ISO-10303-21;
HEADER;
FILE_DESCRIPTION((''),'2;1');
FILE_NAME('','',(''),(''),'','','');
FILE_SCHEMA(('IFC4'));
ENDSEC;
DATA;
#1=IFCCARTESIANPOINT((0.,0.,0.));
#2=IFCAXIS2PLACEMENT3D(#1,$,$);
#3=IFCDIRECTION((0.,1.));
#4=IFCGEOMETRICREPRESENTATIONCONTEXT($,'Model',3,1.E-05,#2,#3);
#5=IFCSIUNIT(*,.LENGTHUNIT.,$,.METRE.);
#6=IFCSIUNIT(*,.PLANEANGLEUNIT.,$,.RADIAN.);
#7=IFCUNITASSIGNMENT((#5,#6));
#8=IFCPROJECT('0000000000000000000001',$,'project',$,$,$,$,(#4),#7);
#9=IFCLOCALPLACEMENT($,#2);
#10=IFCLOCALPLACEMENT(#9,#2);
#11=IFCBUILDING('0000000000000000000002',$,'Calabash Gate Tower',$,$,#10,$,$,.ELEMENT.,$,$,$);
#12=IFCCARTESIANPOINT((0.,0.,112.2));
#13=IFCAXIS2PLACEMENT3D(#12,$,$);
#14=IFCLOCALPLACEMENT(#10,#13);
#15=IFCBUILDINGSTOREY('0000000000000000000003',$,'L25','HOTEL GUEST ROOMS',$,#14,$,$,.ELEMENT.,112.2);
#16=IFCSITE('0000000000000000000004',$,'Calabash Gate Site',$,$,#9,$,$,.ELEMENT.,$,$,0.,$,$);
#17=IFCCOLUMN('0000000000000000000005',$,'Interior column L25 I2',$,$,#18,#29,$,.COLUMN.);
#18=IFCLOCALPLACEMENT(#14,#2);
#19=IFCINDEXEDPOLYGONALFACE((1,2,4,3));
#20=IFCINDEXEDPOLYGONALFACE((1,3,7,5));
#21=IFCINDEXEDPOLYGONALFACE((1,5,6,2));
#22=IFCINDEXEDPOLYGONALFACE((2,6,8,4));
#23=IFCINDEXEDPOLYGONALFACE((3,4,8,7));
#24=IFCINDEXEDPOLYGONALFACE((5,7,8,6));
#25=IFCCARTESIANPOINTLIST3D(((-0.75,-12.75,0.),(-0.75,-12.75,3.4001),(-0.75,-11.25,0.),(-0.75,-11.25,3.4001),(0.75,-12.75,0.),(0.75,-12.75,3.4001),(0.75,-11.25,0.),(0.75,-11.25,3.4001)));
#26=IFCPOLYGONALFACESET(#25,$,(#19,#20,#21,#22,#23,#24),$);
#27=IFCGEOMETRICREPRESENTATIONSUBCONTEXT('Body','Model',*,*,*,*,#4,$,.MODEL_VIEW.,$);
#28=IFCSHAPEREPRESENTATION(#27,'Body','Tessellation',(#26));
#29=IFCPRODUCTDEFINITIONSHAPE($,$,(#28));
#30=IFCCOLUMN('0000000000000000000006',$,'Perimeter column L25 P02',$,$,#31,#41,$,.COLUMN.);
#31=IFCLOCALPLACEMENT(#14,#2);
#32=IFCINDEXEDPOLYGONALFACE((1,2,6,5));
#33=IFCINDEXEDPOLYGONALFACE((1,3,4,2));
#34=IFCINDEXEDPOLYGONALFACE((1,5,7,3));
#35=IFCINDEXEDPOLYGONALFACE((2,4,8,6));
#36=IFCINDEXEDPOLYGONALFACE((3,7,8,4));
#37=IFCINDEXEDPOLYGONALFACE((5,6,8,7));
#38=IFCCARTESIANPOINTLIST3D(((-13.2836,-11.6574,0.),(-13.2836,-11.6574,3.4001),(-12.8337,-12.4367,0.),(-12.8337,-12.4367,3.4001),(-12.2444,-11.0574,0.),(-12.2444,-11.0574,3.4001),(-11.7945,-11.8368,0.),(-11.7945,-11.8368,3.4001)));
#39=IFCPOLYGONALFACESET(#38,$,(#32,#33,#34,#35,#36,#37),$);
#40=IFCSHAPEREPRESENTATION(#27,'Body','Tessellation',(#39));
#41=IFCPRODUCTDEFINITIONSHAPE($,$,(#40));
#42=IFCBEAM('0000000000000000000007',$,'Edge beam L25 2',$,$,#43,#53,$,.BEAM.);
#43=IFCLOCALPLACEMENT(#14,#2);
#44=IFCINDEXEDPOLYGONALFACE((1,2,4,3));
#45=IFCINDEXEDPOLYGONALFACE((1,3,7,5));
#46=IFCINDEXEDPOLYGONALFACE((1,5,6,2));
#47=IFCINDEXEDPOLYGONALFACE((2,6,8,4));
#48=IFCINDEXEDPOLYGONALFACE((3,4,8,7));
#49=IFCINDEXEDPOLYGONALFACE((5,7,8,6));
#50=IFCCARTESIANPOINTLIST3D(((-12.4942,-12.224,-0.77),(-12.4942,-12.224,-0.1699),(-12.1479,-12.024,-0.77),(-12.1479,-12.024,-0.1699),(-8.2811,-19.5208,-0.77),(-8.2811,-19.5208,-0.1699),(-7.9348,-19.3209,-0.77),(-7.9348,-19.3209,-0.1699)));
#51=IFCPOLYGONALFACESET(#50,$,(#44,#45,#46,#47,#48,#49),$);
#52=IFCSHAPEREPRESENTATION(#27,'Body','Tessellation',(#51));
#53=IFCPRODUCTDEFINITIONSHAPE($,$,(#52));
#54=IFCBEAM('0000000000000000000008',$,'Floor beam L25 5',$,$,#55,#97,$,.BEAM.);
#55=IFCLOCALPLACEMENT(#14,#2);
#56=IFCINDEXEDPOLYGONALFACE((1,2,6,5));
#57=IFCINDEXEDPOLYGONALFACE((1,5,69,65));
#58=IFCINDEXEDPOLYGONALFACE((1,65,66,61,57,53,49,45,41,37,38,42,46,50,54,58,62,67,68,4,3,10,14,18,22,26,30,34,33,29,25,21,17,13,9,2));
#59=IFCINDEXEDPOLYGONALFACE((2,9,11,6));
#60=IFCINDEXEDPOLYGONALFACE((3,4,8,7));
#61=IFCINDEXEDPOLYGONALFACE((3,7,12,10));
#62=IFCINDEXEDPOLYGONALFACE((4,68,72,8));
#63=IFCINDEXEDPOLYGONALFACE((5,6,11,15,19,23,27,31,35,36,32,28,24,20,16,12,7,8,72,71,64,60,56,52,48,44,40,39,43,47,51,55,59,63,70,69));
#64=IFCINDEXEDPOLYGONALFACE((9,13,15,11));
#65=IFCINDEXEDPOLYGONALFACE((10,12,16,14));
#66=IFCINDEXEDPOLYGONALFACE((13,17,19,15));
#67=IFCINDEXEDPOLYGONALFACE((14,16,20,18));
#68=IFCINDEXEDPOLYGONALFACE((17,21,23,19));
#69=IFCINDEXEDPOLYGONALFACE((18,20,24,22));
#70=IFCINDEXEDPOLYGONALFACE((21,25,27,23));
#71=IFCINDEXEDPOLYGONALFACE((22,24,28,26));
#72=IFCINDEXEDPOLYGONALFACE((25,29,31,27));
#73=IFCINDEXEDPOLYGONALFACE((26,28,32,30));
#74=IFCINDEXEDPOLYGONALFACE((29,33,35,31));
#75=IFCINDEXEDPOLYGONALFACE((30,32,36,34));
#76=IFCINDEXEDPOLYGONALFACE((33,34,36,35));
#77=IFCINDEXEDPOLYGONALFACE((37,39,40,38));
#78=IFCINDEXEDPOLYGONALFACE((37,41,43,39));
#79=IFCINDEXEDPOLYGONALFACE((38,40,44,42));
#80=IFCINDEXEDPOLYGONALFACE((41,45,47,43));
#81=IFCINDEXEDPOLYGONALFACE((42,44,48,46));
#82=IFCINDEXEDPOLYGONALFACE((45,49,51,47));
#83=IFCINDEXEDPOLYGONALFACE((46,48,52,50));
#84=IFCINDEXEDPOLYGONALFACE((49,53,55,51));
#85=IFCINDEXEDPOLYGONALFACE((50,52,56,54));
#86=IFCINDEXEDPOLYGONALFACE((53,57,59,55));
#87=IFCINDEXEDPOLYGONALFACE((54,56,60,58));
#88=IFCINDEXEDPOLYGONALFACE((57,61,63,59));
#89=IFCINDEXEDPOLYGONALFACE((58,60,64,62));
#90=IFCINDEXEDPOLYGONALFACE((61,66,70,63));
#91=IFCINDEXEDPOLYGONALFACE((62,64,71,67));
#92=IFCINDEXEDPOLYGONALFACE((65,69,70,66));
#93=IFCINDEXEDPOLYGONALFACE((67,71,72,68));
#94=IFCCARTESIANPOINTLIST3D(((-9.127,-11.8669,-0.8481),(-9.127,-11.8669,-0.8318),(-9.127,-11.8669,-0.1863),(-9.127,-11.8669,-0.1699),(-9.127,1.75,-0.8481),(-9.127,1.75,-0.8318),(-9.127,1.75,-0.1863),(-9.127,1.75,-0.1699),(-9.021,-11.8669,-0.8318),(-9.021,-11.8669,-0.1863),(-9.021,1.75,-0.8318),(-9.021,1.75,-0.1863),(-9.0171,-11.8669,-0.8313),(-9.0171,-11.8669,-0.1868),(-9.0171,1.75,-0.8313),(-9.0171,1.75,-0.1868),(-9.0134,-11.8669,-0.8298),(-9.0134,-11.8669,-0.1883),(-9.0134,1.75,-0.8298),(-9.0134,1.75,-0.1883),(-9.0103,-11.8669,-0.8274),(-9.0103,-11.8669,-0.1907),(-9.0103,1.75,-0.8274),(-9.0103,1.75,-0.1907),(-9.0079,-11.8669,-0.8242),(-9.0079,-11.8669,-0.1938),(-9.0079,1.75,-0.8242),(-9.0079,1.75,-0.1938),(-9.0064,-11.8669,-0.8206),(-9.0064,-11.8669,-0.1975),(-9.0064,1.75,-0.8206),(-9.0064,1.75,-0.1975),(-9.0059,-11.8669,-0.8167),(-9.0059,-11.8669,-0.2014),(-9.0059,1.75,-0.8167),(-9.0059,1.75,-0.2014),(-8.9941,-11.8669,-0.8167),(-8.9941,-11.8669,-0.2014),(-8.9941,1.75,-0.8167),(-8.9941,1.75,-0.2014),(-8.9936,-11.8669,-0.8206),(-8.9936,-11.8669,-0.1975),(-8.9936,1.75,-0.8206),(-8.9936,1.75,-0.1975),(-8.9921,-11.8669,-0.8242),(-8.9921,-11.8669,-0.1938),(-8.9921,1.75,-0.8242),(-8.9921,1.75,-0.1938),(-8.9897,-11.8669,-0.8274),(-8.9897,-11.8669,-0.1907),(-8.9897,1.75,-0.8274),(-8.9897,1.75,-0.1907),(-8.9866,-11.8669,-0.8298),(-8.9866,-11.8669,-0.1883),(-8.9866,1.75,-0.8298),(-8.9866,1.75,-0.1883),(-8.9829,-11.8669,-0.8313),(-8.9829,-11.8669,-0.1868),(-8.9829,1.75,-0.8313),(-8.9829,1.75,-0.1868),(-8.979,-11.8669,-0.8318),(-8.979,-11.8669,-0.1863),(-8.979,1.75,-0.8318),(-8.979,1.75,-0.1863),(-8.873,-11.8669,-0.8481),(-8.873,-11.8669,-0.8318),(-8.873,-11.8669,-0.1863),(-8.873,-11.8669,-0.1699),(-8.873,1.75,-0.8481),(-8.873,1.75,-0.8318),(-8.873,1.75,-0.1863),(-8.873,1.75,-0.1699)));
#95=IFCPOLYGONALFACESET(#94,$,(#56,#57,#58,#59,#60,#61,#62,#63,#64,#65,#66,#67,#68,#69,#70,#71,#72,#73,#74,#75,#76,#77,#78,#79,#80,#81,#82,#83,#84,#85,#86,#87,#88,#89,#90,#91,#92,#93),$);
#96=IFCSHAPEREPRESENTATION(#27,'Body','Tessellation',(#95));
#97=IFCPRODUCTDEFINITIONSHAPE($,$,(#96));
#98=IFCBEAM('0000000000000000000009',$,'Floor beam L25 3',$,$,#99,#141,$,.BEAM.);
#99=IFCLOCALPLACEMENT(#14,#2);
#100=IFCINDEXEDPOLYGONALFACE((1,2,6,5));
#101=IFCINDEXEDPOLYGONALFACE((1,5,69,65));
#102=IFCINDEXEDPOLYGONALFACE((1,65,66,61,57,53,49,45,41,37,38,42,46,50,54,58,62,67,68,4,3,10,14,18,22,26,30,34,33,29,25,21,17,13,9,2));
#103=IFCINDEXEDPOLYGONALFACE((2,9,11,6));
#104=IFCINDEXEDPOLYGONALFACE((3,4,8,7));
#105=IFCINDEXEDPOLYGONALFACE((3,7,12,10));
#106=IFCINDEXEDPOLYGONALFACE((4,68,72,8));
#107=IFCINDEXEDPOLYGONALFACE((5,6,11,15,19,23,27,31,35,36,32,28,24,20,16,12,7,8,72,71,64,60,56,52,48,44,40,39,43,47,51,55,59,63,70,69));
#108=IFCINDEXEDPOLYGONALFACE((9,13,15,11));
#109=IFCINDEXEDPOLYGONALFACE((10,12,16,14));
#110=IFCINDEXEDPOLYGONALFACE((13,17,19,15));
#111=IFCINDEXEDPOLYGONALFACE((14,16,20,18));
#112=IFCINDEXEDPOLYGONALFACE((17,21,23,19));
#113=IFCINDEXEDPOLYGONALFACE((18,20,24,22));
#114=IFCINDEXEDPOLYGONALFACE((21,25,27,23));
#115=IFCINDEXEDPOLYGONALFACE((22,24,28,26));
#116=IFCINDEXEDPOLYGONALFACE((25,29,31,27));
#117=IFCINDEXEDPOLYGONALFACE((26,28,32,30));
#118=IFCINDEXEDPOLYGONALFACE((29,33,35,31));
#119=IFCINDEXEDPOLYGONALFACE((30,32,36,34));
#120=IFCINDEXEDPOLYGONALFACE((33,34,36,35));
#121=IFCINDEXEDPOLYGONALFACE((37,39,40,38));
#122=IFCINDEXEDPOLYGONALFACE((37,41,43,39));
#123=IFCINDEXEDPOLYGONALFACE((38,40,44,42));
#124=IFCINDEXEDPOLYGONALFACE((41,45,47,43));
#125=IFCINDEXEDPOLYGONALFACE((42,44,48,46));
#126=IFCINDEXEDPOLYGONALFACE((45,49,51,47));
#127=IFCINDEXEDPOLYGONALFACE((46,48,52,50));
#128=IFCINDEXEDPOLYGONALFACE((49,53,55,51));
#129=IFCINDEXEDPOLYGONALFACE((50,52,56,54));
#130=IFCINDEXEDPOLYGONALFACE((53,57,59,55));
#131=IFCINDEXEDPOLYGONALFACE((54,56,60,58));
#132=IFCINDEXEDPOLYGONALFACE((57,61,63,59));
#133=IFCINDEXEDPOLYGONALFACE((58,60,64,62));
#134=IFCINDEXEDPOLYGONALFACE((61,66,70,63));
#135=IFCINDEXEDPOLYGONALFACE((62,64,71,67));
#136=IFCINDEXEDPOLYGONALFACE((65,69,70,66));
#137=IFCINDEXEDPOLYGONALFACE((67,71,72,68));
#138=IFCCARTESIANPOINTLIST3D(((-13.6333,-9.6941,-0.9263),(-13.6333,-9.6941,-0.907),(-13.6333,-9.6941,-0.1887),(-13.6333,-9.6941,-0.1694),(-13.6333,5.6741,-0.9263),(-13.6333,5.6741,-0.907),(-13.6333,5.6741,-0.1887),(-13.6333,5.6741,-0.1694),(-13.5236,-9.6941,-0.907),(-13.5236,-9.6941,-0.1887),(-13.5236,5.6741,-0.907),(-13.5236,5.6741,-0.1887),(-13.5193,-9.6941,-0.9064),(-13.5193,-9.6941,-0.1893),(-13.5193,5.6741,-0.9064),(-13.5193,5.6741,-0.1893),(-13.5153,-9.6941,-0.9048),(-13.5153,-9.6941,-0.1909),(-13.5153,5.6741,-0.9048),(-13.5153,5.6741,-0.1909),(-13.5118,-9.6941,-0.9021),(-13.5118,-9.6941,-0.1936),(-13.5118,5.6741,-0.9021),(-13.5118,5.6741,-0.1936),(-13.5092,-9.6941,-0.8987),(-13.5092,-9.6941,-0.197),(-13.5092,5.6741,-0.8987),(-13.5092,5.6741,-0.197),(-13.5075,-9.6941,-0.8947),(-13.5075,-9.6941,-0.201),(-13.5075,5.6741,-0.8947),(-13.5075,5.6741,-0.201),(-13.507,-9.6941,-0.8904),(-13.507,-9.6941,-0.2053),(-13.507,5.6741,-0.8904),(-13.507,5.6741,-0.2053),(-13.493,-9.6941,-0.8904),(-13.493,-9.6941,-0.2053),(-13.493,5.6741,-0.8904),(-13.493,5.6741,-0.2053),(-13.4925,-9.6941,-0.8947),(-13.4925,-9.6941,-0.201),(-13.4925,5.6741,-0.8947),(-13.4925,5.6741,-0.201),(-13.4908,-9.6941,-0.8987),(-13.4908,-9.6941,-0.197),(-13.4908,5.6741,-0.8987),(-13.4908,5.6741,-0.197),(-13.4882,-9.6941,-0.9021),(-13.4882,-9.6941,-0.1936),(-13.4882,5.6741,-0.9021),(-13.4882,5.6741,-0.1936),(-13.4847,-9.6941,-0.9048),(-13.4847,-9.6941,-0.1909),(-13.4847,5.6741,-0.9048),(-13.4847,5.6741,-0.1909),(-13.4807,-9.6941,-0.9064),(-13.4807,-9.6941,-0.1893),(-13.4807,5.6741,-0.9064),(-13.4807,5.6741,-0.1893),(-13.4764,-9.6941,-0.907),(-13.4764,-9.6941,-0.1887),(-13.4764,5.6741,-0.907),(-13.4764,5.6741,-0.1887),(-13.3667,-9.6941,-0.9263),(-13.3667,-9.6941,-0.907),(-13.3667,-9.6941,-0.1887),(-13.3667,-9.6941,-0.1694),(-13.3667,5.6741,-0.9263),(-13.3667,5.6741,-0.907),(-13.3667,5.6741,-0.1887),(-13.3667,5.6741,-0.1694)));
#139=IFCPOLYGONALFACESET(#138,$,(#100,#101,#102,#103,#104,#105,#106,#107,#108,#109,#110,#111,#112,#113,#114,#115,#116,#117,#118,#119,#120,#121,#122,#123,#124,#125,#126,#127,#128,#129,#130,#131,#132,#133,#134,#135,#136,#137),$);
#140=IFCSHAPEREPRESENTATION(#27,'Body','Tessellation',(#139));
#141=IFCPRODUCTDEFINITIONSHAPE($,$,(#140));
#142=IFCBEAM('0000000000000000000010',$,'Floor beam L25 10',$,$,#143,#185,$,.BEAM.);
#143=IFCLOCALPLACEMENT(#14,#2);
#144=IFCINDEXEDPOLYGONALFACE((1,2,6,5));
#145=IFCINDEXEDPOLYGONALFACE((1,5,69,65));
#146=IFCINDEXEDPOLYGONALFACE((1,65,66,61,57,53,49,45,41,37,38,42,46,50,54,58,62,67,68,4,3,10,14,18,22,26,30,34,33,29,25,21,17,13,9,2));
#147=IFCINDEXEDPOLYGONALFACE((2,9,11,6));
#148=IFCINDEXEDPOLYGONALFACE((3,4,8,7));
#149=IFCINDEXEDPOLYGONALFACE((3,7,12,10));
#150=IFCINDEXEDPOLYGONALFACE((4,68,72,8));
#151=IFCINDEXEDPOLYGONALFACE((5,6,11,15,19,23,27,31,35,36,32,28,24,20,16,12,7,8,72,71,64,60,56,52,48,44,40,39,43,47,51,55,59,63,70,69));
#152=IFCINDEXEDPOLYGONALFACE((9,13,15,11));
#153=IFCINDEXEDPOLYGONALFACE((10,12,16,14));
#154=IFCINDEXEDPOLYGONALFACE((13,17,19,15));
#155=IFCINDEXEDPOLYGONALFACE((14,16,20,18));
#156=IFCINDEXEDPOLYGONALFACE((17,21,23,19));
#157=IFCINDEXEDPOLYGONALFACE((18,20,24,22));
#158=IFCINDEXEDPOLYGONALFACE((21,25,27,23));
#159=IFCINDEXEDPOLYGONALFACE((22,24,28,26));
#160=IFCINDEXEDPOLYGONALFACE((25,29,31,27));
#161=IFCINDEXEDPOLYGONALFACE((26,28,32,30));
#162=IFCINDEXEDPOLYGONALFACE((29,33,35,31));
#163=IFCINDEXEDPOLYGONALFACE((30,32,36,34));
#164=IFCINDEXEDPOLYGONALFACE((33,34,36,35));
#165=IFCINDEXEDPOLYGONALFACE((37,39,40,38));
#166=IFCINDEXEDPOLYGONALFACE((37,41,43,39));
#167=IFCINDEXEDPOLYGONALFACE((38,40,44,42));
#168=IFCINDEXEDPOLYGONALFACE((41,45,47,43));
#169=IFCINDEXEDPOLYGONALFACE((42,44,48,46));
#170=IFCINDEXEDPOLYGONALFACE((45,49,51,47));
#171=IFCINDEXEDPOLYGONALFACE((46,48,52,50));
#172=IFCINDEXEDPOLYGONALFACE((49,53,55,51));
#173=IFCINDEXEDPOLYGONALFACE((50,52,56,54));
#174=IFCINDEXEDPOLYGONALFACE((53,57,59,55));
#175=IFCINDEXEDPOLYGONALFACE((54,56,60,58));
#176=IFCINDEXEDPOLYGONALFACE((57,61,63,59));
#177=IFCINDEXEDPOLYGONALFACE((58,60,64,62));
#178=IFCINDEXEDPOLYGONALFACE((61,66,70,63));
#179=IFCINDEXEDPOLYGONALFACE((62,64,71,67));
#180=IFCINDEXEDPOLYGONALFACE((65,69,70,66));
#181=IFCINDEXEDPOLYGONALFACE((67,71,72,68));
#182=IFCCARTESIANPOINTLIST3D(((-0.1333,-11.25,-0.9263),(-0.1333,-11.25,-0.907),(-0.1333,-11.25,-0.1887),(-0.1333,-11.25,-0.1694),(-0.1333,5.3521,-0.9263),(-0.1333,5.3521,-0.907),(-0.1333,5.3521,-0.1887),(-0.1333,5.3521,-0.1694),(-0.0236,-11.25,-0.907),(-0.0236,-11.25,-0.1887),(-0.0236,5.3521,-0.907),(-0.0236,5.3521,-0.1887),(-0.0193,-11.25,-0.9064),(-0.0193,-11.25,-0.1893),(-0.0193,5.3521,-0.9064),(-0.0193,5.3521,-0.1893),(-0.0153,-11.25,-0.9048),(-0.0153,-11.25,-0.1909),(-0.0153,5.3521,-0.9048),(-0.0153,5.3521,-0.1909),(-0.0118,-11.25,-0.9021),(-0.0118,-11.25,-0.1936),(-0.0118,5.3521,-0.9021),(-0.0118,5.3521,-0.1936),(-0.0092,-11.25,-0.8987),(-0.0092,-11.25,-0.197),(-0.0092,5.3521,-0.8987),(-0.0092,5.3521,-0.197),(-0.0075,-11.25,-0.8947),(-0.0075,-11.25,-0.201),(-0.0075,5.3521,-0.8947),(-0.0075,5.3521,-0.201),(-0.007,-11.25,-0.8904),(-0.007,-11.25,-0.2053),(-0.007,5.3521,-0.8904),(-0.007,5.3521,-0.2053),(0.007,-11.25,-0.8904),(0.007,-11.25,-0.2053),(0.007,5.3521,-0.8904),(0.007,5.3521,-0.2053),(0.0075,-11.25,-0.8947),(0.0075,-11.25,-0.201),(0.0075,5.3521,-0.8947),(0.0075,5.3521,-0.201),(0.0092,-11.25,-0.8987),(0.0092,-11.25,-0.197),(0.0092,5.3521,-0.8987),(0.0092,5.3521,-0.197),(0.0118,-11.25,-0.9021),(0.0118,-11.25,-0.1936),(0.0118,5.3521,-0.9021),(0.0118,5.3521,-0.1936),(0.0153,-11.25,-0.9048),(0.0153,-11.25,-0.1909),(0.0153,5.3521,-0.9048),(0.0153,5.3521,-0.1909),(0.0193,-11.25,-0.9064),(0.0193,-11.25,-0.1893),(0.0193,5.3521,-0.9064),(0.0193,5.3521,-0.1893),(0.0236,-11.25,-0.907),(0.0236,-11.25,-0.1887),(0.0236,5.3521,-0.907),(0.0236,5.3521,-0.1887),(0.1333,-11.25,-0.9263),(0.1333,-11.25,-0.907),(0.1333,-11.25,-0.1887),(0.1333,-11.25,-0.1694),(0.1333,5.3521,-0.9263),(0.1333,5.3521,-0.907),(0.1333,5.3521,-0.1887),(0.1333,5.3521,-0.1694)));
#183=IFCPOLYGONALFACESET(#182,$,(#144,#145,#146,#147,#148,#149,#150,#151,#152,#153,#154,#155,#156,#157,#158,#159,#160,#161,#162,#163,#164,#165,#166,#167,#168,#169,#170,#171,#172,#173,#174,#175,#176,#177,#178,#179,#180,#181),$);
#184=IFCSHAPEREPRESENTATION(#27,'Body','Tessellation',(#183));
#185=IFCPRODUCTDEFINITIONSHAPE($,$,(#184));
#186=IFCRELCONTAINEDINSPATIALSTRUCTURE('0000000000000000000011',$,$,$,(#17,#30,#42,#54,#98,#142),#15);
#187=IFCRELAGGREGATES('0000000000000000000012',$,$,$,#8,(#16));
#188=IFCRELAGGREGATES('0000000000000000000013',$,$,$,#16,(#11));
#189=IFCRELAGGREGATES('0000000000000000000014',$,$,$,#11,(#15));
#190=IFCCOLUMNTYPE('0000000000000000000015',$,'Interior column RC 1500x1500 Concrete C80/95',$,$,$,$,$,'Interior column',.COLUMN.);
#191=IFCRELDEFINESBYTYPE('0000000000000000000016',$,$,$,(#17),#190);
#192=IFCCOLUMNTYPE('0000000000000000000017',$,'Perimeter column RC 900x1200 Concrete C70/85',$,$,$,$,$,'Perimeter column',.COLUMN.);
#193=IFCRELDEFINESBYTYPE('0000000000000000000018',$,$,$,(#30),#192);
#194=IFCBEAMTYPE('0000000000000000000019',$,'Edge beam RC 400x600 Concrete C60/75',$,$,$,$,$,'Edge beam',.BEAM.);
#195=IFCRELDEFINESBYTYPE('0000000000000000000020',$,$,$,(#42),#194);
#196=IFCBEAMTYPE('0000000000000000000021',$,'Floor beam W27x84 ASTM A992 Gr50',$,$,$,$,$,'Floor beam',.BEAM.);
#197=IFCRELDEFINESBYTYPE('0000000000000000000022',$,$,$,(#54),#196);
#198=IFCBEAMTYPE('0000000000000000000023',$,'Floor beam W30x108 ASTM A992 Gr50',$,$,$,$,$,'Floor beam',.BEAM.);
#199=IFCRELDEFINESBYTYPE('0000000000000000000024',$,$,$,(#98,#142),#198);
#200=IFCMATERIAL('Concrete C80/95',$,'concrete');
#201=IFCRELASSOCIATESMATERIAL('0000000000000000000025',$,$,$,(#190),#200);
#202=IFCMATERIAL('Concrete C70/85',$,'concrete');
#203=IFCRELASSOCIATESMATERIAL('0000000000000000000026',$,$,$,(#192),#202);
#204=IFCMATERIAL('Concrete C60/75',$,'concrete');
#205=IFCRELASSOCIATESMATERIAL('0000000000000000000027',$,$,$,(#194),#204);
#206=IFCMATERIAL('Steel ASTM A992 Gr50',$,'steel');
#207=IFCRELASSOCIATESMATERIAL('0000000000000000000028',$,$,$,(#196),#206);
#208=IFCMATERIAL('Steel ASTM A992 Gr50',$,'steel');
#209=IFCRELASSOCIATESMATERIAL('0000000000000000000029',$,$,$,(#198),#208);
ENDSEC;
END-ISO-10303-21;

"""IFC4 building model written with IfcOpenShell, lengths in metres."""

from ifc_helpers import new_model, si_unit, direction, frame, origin, origin_2d, place, context, subcontext, project, spatial, rectangle, i_section, extrude, material, material_profile, profile_set, type_object, element, save


model = new_model("IFC4")

# Units and contexts
model_context = context("Model", 3, precision=1e-05, world=origin(), true_north=direction((0.0, 1.0)))
body_context = subcontext(model_context, "Body", "Model", "MODEL_VIEW")
ifc_project = project(units=[si_unit("LENGTHUNIT", "METRE"), si_unit("PLANEANGLEUNIT", "RADIAN")], contexts=[model_context])

# Site, building, storey
site_placement = place(None, origin())
site = spatial("IfcSite", under=ifc_project, at=site_placement, Name="Calabash Gate Site", CompositionType="ELEMENT", RefElevation=0.0)
building_placement = place(site_placement, origin())
building = spatial("IfcBuilding", under=site, at=building_placement, Name="Calabash Gate Tower", CompositionType="ELEMENT")
storey_placement = place(building_placement, frame((0.0, 0.0, 112.2)))
storey = spatial("IfcBuildingStorey", under=building, at=storey_placement, Name="L25", Description="HOTEL GUEST ROOMS", CompositionType="ELEMENT", Elevation=112.2)

# Columns
ifc_material_1 = material(Name="Concrete C80/95", Category="concrete")
ifc_material_profile_1 = material_profile(ifc_material_1, rectangle(XDim=1.5, YDim=1.5, at=origin_2d()))
ifc_profile_set_1 = profile_set([ifc_material_profile_1], Name="Concrete C80/95")
column_type_1 = type_object("IfcColumnType", Name="Interior column RC 1500x1500 Concrete C80/95", ElementType="Interior column", PredefinedType="COLUMN", material=ifc_profile_set_1)
column_1_placement = place(storey_placement, frame((0.0, -12.0, 0.0), z_axis=(0.0, 0.0, 1.0), x_axis=(1.0, 0.0, 0.0)))
element("IfcColumn", 1, at=column_1_placement, inside=storey, type_object=column_type_1, Name="Interior column L25 I2", PredefinedType="COLUMN", context=body_context, shape_type="SweptSolid", body=[
    extrude(rectangle(XDim=1.5, YDim=1.5, at=origin_2d()), origin(), (0.0, 0.0, 1.0), 3.4001),
])
ifc_material_2 = material(Name="Concrete C70/85", Category="concrete")
ifc_material_profile_2 = material_profile(ifc_material_2, rectangle(XDim=0.8999, YDim=1.2, at=origin_2d()))
ifc_profile_set_2 = profile_set([ifc_material_profile_2], Name="Concrete C70/85")
column_type_2 = type_object("IfcColumnType", Name="Perimeter column RC 900x1200 Concrete C70/85", ElementType="Perimeter column", PredefinedType="COLUMN", material=ifc_profile_set_2)
column_2_placement = place(storey_placement, frame((-12.5391, -11.7471, 0.0), z_axis=(0.0, 0.0, 1.0), x_axis=(0.5, -0.866025, 0.0)))
element("IfcColumn", 2, at=column_2_placement, inside=storey, type_object=column_type_2, Name="Perimeter column L25 P02", PredefinedType="COLUMN", context=body_context, shape_type="SweptSolid", body=[
    extrude(rectangle(XDim=0.8999, YDim=1.2, at=origin_2d()), origin(), (0.0, 0.0, 1.0), 3.4001),
])

# Beams
ifc_material_3 = material(Name="Concrete C60/75", Category="concrete")
ifc_material_profile_3 = material_profile(ifc_material_3, rectangle(XDim=0.3999, YDim=0.6001, at=origin_2d()))
ifc_profile_set_3 = profile_set([ifc_material_profile_3], Name="Concrete C60/75")
beam_type_1 = type_object("IfcBeamType", Name="Edge beam RC 400x600 Concrete C60/75", ElementType="Edge beam", PredefinedType="BEAM", material=ifc_profile_set_3)
beam_1_placement = place(storey_placement, frame((-12.321, -12.124, -0.47), z_axis=(0.500025, -0.866011, 0.0), x_axis=(0.866011, 0.500025, 0.0)))
element("IfcBeam", 3, at=beam_1_placement, inside=storey, type_object=beam_type_1, Name="Edge beam L25 2", PredefinedType="BEAM", context=body_context, shape_type="SweptSolid", body=[
    extrude(rectangle(XDim=0.3999, YDim=0.6001, at=origin_2d()), origin(), (0.0, 0.0, 1.0), 8.4258),
])
ifc_material_4 = material(Name="Steel ASTM A992 Gr50", Category="steel")
ifc_material_profile_4 = material_profile(ifc_material_4, i_section(OverallWidth=0.2539, OverallDepth=0.6782, WebThickness=0.0117, FlangeThickness=0.0164, FilletRadius=0.0151, at=origin_2d()))
ifc_profile_set_4 = profile_set([ifc_material_profile_4], Name="Steel ASTM A992 Gr50")
beam_type_2 = type_object("IfcBeamType", Name="Floor beam W27x84 ASTM A992 Gr50", ElementType="Floor beam", PredefinedType="BEAM", material=ifc_profile_set_4)
beam_2_placement = place(storey_placement, frame((-9.0, -11.8669, -0.509), z_axis=(0.0, 1.0, 0.0), x_axis=(-1.0, 0.0, 0.0)))
element("IfcBeam", 4, at=beam_2_placement, inside=storey, type_object=beam_type_2, Name="Floor beam L25 5", PredefinedType="BEAM", context=body_context, shape_type="SweptSolid", body=[
    extrude(i_section(OverallWidth=0.2539, OverallDepth=0.6782, WebThickness=0.0117, FlangeThickness=0.0164, FilletRadius=0.0151, at=origin_2d()), origin(), (0.0, 0.0, 1.0), 13.6169),
])
ifc_material_5 = material(Name="Steel ASTM A992 Gr50", Category="steel")
ifc_material_profile_5 = material_profile(ifc_material_5, i_section(OverallWidth=0.2666, OverallDepth=0.7568, WebThickness=0.0139, FlangeThickness=0.0193, FilletRadius=0.0166, at=origin_2d()))
ifc_profile_set_5 = profile_set([ifc_material_profile_5], Name="Steel ASTM A992 Gr50")
beam_type_3 = type_object("IfcBeamType", Name="Floor beam W30x108 ASTM A992 Gr50", ElementType="Floor beam", PredefinedType="BEAM", material=ifc_profile_set_5)
beam_3_placement = place(storey_placement, frame((-13.5, -9.6941, -0.5479), z_axis=(0.0, 1.0, 0.0), x_axis=(-1.0, 0.0, 0.0)))
element("IfcBeam", 5, at=beam_3_placement, inside=storey, type_object=beam_type_3, Name="Floor beam L25 3", PredefinedType="BEAM", context=body_context, shape_type="SweptSolid", body=[
    extrude(i_section(OverallWidth=0.2666, OverallDepth=0.7568, WebThickness=0.0139, FlangeThickness=0.0193, FilletRadius=0.0166, at=origin_2d()), origin(), (0.0, 0.0, 1.0), 15.3682),
])
beam_4_placement = place(storey_placement, frame((0.0, -11.25, -0.5479), z_axis=(0.0, 1.0, 0.0), x_axis=(-1.0, 0.0, 0.0)))
element("IfcBeam", 6, at=beam_4_placement, inside=storey, type_object=beam_type_3, Name="Floor beam L25 10", PredefinedType="BEAM", context=body_context, shape_type="SweptSolid", body=[
    extrude(i_section(OverallWidth=0.2666, OverallDepth=0.7568, WebThickness=0.0139, FlangeThickness=0.0193, FilletRadius=0.0166, at=origin_2d()), origin(), (0.0, 0.0, 1.0), 16.6021),
])

save(model, "model.ifc")
